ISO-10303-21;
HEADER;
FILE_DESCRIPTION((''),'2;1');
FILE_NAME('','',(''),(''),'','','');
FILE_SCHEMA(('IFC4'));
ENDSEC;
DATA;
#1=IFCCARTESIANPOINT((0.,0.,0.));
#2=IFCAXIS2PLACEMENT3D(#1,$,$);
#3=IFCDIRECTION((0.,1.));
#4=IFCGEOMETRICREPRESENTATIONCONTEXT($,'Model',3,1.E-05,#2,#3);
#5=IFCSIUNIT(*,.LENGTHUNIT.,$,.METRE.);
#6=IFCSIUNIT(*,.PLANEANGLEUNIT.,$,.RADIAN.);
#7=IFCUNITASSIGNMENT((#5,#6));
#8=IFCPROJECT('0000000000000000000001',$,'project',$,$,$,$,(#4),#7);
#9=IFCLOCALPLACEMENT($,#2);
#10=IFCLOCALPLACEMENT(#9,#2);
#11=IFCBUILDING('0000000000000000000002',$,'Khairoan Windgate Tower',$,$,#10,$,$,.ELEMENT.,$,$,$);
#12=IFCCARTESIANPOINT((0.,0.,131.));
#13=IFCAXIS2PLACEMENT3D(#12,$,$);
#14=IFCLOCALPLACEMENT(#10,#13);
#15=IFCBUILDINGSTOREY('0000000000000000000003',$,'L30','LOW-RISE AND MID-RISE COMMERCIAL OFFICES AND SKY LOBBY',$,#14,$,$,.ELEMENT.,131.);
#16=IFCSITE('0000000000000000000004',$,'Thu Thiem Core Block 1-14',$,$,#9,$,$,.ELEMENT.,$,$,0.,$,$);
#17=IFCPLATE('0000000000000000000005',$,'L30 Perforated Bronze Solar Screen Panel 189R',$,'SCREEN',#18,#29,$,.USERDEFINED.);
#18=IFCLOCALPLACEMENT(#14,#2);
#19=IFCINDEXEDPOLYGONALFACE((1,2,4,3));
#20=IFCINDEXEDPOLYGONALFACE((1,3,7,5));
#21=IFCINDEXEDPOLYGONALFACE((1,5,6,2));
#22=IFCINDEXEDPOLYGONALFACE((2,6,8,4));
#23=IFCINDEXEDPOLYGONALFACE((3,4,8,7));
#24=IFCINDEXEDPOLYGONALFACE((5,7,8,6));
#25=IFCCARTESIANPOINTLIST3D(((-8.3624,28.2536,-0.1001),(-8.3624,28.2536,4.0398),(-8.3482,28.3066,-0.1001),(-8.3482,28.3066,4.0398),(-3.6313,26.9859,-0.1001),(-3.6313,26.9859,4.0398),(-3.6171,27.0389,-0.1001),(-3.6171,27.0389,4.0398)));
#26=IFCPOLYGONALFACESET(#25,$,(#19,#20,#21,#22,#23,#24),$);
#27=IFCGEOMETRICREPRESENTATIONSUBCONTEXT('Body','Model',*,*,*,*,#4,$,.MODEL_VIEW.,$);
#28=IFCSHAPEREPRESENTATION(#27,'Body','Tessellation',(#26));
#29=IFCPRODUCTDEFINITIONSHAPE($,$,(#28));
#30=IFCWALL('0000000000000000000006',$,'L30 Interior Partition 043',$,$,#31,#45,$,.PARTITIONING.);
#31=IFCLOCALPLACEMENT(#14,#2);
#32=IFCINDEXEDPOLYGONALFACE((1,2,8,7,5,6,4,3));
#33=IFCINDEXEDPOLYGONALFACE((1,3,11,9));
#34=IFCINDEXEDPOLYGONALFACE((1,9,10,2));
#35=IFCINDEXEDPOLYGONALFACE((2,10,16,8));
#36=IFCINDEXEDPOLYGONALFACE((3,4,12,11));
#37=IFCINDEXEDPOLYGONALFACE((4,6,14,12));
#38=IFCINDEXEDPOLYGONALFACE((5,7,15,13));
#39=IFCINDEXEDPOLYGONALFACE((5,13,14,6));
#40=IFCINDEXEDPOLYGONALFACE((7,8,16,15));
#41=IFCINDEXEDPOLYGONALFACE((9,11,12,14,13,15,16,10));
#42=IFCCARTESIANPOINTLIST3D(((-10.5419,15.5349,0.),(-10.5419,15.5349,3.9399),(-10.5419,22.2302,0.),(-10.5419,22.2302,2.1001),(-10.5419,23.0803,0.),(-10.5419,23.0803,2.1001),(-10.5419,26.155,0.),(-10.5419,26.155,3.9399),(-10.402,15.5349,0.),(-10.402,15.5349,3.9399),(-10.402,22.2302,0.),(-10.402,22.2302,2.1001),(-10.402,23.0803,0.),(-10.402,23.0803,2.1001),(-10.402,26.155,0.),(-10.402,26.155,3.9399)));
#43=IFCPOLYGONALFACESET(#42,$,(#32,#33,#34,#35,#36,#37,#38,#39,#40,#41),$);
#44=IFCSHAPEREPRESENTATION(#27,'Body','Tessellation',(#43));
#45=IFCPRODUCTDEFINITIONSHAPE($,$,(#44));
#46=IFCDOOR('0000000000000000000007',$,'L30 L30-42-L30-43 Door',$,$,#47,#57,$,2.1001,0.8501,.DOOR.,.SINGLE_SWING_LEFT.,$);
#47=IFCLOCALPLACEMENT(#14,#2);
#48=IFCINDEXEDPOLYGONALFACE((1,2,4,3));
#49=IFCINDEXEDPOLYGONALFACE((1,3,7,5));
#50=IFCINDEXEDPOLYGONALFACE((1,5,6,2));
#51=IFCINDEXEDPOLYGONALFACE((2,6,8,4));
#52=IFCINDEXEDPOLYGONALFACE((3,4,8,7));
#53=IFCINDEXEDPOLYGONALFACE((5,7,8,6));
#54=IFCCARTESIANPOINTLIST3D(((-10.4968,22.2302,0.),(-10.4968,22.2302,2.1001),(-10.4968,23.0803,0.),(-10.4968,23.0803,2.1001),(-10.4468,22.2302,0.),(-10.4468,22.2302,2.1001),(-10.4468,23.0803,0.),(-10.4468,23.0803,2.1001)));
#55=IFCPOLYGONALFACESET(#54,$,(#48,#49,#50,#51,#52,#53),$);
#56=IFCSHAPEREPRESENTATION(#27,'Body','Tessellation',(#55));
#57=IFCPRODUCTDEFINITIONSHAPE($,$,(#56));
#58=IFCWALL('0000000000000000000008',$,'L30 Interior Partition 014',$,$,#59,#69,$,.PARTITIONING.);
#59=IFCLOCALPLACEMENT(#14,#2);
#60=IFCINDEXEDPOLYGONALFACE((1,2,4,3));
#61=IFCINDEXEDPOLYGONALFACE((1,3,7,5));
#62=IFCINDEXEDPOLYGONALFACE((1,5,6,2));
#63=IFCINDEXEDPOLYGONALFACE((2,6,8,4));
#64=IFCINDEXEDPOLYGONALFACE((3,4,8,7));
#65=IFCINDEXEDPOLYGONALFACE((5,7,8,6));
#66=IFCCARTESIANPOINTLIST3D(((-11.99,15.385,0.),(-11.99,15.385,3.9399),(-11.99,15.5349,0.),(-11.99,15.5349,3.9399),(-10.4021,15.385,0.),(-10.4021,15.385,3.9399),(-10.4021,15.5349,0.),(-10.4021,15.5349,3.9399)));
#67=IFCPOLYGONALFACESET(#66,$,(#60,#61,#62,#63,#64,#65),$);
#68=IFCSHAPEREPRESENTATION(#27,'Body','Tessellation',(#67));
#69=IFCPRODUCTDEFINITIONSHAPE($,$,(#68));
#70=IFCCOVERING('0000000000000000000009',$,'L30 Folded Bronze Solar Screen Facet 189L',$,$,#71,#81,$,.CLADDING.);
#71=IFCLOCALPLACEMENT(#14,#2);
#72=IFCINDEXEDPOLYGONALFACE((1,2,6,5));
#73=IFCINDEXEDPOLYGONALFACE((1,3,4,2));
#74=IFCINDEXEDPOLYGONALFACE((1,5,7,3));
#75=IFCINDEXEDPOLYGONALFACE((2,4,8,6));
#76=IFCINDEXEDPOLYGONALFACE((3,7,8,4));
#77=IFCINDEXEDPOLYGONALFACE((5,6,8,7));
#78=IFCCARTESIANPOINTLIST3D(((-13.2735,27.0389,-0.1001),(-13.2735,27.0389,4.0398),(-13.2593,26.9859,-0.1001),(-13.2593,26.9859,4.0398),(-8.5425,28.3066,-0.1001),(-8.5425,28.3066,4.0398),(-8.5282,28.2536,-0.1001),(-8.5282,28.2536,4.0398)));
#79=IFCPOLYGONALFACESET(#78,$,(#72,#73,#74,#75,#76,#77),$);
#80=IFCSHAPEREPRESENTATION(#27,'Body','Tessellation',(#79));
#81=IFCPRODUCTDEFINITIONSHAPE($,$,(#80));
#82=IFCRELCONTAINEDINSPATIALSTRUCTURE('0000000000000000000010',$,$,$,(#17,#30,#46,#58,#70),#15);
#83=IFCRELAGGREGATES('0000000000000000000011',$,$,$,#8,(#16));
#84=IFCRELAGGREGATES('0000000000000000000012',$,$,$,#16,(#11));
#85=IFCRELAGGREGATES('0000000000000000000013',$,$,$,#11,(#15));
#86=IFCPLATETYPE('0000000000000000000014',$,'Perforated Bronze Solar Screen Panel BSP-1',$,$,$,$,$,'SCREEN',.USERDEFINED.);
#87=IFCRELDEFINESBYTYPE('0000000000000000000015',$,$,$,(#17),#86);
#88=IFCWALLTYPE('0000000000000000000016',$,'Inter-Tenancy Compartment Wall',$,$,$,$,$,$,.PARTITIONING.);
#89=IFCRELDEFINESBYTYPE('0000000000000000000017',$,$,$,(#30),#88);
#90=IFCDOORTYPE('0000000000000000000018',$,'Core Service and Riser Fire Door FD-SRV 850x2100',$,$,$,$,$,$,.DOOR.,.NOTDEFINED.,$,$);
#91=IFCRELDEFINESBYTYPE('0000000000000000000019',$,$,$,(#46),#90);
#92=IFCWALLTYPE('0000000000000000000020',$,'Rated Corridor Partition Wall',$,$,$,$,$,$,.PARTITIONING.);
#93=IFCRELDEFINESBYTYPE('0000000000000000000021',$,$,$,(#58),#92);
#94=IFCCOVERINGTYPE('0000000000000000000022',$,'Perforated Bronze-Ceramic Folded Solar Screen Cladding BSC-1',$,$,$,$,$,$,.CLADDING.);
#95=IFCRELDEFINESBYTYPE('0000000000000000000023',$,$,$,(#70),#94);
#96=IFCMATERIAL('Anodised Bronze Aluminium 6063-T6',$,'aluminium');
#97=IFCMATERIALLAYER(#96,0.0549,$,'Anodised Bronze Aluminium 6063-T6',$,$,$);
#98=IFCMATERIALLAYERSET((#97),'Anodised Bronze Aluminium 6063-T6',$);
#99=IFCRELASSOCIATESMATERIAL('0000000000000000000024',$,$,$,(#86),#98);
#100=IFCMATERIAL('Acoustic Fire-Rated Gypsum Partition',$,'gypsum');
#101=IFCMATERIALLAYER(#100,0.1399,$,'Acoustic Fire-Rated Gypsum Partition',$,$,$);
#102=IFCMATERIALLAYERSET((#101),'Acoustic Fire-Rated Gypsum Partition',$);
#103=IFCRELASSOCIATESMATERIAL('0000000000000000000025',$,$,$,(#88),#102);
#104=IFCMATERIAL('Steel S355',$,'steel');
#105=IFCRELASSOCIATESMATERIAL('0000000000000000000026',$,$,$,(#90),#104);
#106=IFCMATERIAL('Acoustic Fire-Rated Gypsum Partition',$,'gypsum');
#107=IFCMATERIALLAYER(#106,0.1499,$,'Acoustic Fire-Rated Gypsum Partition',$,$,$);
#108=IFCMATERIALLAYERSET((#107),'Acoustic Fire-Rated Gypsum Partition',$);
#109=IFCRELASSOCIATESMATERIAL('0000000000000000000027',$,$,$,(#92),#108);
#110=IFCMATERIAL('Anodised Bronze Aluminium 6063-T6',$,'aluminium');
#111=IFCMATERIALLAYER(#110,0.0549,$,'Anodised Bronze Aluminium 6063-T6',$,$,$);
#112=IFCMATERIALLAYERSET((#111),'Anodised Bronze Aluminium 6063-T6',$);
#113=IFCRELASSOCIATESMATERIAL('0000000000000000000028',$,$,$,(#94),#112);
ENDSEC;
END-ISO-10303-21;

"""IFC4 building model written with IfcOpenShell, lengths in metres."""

from ifc_helpers import new_model, si_unit, direction, frame, frame_2d, origin, origin_2d, place, context, subcontext, project, spatial, rectangle, extrude, material, layer, layer_set, type_object, element, fill, save


model = new_model("IFC4")

# Units and contexts
model_context = context("Model", 3, precision=1e-05, world=origin(), true_north=direction((0.0, 1.0)))
body_context = subcontext(model_context, "Body", "Model", "MODEL_VIEW")
ifc_project = project(units=[si_unit("LENGTHUNIT", "METRE"), si_unit("PLANEANGLEUNIT", "RADIAN")], contexts=[model_context])

# Site, building, storey
site_placement = place(None, origin())
site = spatial("IfcSite", under=ifc_project, at=site_placement, Name="Thu Thiem Core Block 1-14", CompositionType="ELEMENT", RefElevation=0.0)
building_placement = place(site_placement, origin())
building = spatial("IfcBuilding", under=site, at=building_placement, Name="Khairoan Windgate Tower", CompositionType="ELEMENT")
storey_placement = place(building_placement, frame((0.0, 0.0, 131.0)))
storey = spatial("IfcBuildingStorey", under=building, at=storey_placement, Name="L30", Description="LOW-RISE AND MID-RISE COMMERCIAL OFFICES AND SKY LOBBY", CompositionType="ELEMENT", Elevation=131.0)

# Plate
ifc_material_1 = material(Name="Anodised Bronze Aluminium 6063-T6", Category="aluminium")
ifc_layer_1 = layer(ifc_material_1, 0.0549, Name="Anodised Bronze Aluminium 6063-T6")
ifc_layer_set_1 = layer_set([ifc_layer_1], Name="Anodised Bronze Aluminium 6063-T6")
plate_type = type_object("IfcPlateType", Name="Perforated Bronze Solar Screen Panel BSP-1", ElementType="SCREEN", PredefinedType="USERDEFINED", material=ifc_layer_set_1)
plate_placement = place(storey_placement, frame((-5.9897, 27.6462, -0.1001), z_axis=(0.0, 0.0, 1.0), x_axis=(0.965926, -0.258819, 0.0)))
element("IfcPlate", 1, at=plate_placement, inside=storey, type_object=plate_type, Name="L30 Perforated Bronze Solar Screen Panel 189R", ObjectType="SCREEN", PredefinedType="USERDEFINED", context=body_context, shape_type="SweptSolid", body=[
    extrude(rectangle(XDim=4.8979, YDim=0.0549, at=origin_2d()), origin(), (0.0, 0.0, 1.0), 4.1399),
])

# Wall, opening, door
ifc_material_2 = material(Name="Acoustic Fire-Rated Gypsum Partition", Category="gypsum")
ifc_layer_2 = layer(ifc_material_2, 0.1399, Name="Acoustic Fire-Rated Gypsum Partition")
ifc_layer_set_2 = layer_set([ifc_layer_2], Name="Acoustic Fire-Rated Gypsum Partition")
wall_type_1 = type_object("IfcWallType", Name="Inter-Tenancy Compartment Wall", PredefinedType="PARTITIONING", material=ifc_layer_set_2)
wall_1_placement = place(storey_placement, frame((-10.4719, 15.5349, 0.0), z_axis=(0.0, 0.0, 1.0), x_axis=(0.0, 1.0, 0.0)))
wall_1 = element("IfcWall", 2, at=wall_1_placement, inside=storey, type_object=wall_type_1, Name="L30 Interior Partition 043", PredefinedType="PARTITIONING", context=body_context, shape_type="SweptSolid", body=[
    extrude(rectangle(XDim=10.6201, YDim=0.1399, at=frame_2d((5.3101, 0.0))), origin(), (0.0, 0.0, 1.0), 3.9399),
])
opening_placement = place(wall_1_placement, frame((6.6953, 0.0, 0.0)))
opening = element("IfcOpeningElement", 3, at=opening_placement, cuts=wall_1, PredefinedType="OPENING", context=body_context, shape_type="SweptSolid", body=[
    extrude(rectangle(XDim=0.8501, YDim=2.1001, at=frame_2d((0.425, 1.05))), frame((0.0, 0.0798, 0.0), z_axis=(0.0, -1.0, 0.0), x_axis=(1.0, 0.0, 0.0)), (0.0, 0.0, 1.0), 0.1599),
])
ifc_material_3 = material(Name="Steel S355", Category="steel")
door_type = type_object("IfcDoorType", Name="Core Service and Riser Fire Door FD-SRV 850x2100", OperationType="NOTDEFINED", PredefinedType="DOOR", material=ifc_material_3)
door_placement = place(opening_placement, origin())
door = element("IfcDoor", 4, at=door_placement, inside=storey, type_object=door_type, Name="L30 L30-42-L30-43 Door", OperationType="SINGLE_SWING_LEFT", OverallHeight=2.1001, OverallWidth=0.8501, PredefinedType="DOOR", context=body_context, shape_type="SweptSolid", body=[
    extrude(rectangle(XDim=0.8501, YDim=2.1001, at=frame_2d((0.425, 1.05))), frame((0.0, 0.0249, 0.0), z_axis=(0.0, -1.0, 0.0), x_axis=(1.0, 0.0, 0.0)), (0.0, 0.0, 1.0), 0.05),
])
fill(opening, door)

# Wall
ifc_material_4 = material(Name="Acoustic Fire-Rated Gypsum Partition", Category="gypsum")
ifc_layer_3 = layer(ifc_material_4, 0.1499, Name="Acoustic Fire-Rated Gypsum Partition")
ifc_layer_set_3 = layer_set([ifc_layer_3], Name="Acoustic Fire-Rated Gypsum Partition")
wall_type_2 = type_object("IfcWallType", Name="Rated Corridor Partition Wall", PredefinedType="PARTITIONING", material=ifc_layer_set_3)
wall_2_placement = place(storey_placement, frame((-11.99, 15.46, 0.0), z_axis=(0.0, 0.0, 1.0), x_axis=(1.0, 0.0, 0.0)))
element("IfcWall", 5, at=wall_2_placement, inside=storey, type_object=wall_type_2, Name="L30 Interior Partition 014", PredefinedType="PARTITIONING", context=body_context, shape_type="SweptSolid", body=[
    extrude(rectangle(XDim=1.5879, YDim=0.1499, at=frame_2d((0.7939, 0.0))), origin(), (0.0, 0.0, 1.0), 3.9399),
])

# Covering
ifc_material_5 = material(Name="Anodised Bronze Aluminium 6063-T6", Category="aluminium")
ifc_layer_4 = layer(ifc_material_5, 0.0549, Name="Anodised Bronze Aluminium 6063-T6")
ifc_layer_set_4 = layer_set([ifc_layer_4], Name="Anodised Bronze Aluminium 6063-T6")
covering_type = type_object("IfcCoveringType", Name="Perforated Bronze-Ceramic Folded Solar Screen Cladding BSC-1", PredefinedType="CLADDING", material=ifc_layer_set_4)
covering_placement = place(storey_placement, frame((-10.9009, 27.6462, -0.1001), z_axis=(0.0, 0.0, 1.0), x_axis=(0.965926, 0.258819, 0.0)))
element("IfcCovering", 6, at=covering_placement, inside=storey, type_object=covering_type, Name="L30 Folded Bronze Solar Screen Facet 189L", PredefinedType="CLADDING", context=body_context, shape_type="SweptSolid", body=[
    extrude(rectangle(XDim=4.8979, YDim=0.0549, at=origin_2d()), origin(), (0.0, 0.0, 1.0), 4.1399),
])

save(model, "model.ifc")
